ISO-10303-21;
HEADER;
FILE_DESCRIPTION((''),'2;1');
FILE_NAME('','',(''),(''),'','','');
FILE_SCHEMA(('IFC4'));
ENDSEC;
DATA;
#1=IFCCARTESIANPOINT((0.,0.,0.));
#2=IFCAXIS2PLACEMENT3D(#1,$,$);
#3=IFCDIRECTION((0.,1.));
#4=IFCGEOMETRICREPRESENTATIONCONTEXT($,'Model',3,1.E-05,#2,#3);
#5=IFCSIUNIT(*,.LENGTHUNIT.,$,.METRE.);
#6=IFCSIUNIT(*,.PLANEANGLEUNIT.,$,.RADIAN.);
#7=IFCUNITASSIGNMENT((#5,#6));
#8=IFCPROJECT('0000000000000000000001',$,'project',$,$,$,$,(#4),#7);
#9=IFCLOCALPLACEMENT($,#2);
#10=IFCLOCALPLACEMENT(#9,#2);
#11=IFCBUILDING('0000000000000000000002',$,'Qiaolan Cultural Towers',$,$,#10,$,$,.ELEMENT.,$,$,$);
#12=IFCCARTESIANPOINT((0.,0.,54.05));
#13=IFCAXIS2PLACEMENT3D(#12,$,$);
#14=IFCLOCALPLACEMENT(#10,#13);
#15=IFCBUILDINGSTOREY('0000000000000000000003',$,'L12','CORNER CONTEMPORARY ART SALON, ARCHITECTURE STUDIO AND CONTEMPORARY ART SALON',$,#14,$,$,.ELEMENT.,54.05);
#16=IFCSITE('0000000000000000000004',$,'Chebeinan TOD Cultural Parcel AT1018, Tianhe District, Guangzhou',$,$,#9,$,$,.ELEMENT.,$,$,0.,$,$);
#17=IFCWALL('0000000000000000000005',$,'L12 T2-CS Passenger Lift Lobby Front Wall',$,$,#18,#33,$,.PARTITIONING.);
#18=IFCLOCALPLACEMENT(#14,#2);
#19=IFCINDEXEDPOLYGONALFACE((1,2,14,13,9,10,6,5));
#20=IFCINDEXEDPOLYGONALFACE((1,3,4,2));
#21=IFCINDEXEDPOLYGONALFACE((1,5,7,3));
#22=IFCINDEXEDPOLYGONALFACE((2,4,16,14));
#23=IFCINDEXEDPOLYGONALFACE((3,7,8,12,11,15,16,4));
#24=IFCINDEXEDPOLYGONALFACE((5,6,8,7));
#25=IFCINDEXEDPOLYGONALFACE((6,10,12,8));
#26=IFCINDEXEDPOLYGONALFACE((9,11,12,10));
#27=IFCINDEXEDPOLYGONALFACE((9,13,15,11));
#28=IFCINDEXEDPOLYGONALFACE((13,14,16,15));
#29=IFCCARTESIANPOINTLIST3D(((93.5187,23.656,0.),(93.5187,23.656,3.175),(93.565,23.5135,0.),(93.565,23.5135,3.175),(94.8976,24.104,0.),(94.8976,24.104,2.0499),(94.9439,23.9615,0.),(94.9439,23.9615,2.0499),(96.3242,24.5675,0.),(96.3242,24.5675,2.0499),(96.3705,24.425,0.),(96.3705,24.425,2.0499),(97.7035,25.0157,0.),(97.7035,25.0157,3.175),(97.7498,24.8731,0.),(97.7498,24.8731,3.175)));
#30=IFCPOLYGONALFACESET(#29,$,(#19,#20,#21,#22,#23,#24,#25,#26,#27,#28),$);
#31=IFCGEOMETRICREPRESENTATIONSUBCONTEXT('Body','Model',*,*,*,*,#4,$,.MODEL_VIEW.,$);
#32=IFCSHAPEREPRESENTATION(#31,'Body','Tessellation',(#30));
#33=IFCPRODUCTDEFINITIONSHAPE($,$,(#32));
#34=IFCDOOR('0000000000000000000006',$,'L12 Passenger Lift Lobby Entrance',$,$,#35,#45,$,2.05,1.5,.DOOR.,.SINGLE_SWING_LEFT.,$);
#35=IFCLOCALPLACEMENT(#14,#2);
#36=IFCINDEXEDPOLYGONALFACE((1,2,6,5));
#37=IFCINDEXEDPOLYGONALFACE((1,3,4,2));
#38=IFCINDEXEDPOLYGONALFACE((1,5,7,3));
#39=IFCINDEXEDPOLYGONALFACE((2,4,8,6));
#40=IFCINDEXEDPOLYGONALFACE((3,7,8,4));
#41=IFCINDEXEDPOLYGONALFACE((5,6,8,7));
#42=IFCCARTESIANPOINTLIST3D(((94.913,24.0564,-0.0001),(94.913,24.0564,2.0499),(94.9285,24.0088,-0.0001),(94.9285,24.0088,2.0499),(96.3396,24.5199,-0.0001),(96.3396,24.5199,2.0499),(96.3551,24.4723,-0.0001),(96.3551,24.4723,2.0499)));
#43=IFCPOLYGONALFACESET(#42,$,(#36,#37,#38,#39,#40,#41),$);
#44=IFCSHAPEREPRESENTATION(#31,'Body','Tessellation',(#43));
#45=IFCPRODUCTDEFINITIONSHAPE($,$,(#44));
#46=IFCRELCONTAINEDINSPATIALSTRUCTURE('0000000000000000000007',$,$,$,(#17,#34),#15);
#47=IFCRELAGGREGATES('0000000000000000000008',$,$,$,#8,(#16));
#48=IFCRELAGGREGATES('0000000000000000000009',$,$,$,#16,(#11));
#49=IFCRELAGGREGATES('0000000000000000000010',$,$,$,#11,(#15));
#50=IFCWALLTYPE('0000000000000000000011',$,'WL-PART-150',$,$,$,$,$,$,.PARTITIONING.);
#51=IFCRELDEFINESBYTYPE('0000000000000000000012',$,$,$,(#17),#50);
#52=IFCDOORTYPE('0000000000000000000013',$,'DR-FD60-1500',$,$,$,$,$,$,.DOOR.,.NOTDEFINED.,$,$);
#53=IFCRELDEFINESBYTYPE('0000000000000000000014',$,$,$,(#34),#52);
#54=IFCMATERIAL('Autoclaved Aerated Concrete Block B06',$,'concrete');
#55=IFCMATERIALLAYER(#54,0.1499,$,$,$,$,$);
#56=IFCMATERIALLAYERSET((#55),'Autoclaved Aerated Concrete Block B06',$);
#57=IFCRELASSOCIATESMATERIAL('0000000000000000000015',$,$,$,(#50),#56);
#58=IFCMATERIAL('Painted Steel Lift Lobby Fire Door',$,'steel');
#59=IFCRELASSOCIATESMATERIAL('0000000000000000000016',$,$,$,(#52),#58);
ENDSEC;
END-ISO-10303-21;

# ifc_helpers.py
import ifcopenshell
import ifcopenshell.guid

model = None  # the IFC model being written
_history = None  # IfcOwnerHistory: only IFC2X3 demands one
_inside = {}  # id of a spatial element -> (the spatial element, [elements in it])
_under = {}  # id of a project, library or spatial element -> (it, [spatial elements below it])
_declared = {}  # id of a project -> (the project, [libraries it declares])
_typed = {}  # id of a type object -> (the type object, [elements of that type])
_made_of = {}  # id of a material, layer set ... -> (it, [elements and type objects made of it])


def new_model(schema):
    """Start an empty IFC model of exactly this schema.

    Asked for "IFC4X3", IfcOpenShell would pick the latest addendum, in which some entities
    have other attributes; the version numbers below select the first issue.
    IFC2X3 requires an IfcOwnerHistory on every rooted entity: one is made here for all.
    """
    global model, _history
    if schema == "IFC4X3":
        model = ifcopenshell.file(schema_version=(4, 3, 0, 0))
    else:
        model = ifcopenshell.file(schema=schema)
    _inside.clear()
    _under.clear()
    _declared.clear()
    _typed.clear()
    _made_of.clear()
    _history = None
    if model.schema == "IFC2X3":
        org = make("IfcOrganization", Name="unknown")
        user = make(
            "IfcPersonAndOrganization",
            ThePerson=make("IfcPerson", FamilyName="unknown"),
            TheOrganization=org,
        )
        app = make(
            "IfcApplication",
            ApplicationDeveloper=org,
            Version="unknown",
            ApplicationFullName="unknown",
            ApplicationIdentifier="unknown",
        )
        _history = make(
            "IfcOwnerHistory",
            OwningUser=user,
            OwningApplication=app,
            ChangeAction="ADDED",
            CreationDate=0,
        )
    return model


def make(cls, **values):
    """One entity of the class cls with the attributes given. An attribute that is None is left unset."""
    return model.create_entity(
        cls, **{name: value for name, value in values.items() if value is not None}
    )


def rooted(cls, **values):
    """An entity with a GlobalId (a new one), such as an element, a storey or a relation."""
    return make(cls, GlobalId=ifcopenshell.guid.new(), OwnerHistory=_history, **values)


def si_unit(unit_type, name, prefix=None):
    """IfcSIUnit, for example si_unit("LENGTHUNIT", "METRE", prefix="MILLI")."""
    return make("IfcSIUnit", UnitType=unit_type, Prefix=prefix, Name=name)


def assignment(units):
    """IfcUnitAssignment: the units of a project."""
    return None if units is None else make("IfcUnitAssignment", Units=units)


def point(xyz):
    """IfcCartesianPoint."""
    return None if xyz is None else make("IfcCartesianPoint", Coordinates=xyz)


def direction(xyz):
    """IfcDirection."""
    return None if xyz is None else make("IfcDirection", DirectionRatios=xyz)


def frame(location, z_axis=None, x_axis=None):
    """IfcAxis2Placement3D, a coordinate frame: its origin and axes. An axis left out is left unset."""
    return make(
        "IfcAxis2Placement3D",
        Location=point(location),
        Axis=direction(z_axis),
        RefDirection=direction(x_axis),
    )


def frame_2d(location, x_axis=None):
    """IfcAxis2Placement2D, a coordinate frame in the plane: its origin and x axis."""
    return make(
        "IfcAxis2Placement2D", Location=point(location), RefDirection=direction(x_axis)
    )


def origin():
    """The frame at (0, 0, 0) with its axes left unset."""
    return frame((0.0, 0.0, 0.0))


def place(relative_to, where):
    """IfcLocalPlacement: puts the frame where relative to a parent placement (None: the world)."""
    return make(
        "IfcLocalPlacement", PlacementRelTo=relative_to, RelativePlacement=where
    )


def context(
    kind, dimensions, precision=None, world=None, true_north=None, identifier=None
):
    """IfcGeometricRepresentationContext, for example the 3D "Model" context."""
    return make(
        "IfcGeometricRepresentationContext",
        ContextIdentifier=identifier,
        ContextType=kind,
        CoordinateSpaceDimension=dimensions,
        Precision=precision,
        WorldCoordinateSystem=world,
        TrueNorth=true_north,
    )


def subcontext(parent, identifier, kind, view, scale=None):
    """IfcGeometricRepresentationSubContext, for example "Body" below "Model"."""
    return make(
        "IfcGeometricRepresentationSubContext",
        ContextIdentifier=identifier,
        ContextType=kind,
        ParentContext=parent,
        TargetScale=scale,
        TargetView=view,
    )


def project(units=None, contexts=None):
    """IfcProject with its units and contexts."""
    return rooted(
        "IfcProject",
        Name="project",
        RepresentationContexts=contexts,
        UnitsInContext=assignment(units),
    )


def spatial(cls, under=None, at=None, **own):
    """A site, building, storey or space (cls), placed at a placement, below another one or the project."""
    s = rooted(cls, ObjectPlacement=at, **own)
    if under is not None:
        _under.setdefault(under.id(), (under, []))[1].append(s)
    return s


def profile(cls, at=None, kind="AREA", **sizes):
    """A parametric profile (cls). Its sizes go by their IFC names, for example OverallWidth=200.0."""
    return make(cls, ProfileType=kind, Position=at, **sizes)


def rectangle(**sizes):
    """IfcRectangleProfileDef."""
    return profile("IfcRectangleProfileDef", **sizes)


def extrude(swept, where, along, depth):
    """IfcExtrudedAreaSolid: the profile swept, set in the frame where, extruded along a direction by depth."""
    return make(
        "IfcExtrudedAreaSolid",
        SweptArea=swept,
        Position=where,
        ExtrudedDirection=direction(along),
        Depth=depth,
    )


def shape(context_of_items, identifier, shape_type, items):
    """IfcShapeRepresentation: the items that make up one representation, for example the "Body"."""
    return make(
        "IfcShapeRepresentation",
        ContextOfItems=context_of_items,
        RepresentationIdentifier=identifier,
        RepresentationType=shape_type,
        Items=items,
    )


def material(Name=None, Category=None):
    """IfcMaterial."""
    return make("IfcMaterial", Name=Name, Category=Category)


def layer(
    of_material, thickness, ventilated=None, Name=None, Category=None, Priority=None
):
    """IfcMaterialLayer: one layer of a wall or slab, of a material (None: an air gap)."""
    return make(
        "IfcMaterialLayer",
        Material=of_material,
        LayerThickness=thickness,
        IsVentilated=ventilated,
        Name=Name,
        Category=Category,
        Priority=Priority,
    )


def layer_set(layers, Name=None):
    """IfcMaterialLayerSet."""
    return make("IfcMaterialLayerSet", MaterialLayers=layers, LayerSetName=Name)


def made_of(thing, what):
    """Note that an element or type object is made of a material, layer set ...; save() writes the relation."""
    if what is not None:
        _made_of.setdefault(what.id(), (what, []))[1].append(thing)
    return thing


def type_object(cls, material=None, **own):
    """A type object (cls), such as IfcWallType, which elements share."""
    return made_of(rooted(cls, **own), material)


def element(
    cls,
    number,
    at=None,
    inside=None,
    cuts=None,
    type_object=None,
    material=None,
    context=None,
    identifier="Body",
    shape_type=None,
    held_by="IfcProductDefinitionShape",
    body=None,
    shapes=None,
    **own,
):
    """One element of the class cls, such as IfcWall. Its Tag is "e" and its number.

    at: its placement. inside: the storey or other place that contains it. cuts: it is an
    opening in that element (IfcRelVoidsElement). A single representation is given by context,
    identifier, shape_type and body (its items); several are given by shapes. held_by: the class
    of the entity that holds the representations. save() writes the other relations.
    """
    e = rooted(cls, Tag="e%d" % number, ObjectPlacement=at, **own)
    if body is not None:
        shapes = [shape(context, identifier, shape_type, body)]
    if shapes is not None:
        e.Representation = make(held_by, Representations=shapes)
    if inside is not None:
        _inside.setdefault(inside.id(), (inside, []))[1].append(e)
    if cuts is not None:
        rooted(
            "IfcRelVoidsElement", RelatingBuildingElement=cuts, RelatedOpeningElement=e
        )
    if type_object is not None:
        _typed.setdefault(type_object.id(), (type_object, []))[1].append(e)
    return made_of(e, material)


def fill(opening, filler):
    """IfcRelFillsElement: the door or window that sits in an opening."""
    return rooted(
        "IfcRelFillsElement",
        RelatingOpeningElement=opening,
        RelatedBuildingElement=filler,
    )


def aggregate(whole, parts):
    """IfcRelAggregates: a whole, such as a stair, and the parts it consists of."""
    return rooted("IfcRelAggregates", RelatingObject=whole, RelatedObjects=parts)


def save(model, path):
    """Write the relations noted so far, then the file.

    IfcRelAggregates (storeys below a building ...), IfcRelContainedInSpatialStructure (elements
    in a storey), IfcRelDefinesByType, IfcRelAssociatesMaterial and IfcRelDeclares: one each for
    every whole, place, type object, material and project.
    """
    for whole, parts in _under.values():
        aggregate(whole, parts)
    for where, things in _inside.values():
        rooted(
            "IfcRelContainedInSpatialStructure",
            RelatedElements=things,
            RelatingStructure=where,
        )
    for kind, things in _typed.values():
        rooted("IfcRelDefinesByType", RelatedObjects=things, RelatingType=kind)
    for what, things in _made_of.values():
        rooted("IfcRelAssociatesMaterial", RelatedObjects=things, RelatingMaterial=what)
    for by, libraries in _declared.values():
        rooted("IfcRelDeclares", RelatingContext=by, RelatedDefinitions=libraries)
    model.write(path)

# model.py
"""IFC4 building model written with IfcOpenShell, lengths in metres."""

from ifc_helpers import new_model, si_unit, direction, frame, frame_2d, origin, place, context, subcontext, project, spatial, rectangle, extrude, material, layer, layer_set, type_object, element, fill, save


model = new_model("IFC4")

# Units and contexts
model_context = context("Model", 3, precision=1e-05, world=origin(), true_north=direction((0.0, 1.0)))
body_context = subcontext(model_context, "Body", "Model", "MODEL_VIEW")
ifc_project = project(units=[si_unit("LENGTHUNIT", "METRE"), si_unit("PLANEANGLEUNIT", "RADIAN")], contexts=[model_context])

# Site, building, storey
site_placement = place(None, origin())
site = spatial("IfcSite", under=ifc_project, at=site_placement, Name="Chebeinan TOD Cultural Parcel AT1018, Tianhe District, Guangzhou", CompositionType="ELEMENT", RefElevation=0.0)
building_placement = place(site_placement, origin())
building = spatial("IfcBuilding", under=site, at=building_placement, Name="Qiaolan Cultural Towers", CompositionType="ELEMENT")
storey_placement = place(building_placement, frame((0.0, 0.0, 54.05)))
storey = spatial("IfcBuildingStorey", under=building, at=storey_placement, Name="L12", Description="CORNER CONTEMPORARY ART SALON, ARCHITECTURE STUDIO AND CONTEMPORARY ART SALON", CompositionType="ELEMENT", Elevation=54.05)

# Wall, opening, door
ifc_material_1 = material(Name="Autoclaved Aerated Concrete Block B06", Category="concrete")
ifc_layer_1 = layer(ifc_material_1, 0.1499)
ifc_layer_set_1 = layer_set([ifc_layer_1], Name="Autoclaved Aerated Concrete Block B06")
wall_type_1 = type_object("IfcWallType", Name="WL-PART-150", PredefinedType="PARTITIONING", material=ifc_layer_set_1)
wall_1_placement = place(storey_placement, frame((93.5417, 23.5847, 0.0), z_axis=(0.0, 0.0, 1.0), x_axis=(0.951064, 0.308994, 0.0)))
wall_1 = element("IfcWall", 1, at=wall_1_placement, inside=storey, type_object=wall_type_1, Name="L12 T2-CS Passenger Lift Lobby Front Wall", PredefinedType="PARTITIONING", context=body_context, shape_type="SweptSolid", body=[
    extrude(rectangle(XDim=4.4001, YDim=0.1499, at=frame_2d((2.2002, 0.0))), origin(), (0.0, 0.0, 1.0), 3.175),
])
opening_1_placement = place(wall_1_placement, frame((1.45, 0.0, 0.0)))
opening_1 = element("IfcOpeningElement", 2, at=opening_1_placement, cuts=wall_1, PredefinedType="OPENING", context=body_context, shape_type="SweptSolid", body=[
    extrude(rectangle(XDim=1.5, YDim=2.05, at=frame_2d((0.75, 1.0249))), frame((0.0, 0.085, 0.0), z_axis=(0.0, -1.0, 0.0), x_axis=(1.0, 0.0, 0.0)), (0.0, 0.0, 1.0), 0.1699),
])
ifc_material_2 = material(Name="Painted Steel Lift Lobby Fire Door", Category="steel")
door_type_1 = type_object("IfcDoorType", Name="DR-FD60-1500", OperationType="NOTDEFINED", PredefinedType="DOOR", material=ifc_material_2)
door_1_placement = place(opening_1_placement, origin())
door_1 = element("IfcDoor", 3, at=door_1_placement, inside=storey, type_object=door_type_1, Name="L12 Passenger Lift Lobby Entrance", OperationType="SINGLE_SWING_LEFT", OverallHeight=2.05, OverallWidth=1.5, PredefinedType="DOOR", context=body_context, shape_type="SweptSolid", body=[
    extrude(rectangle(XDim=1.5, YDim=2.05, at=frame_2d((0.75, 1.0249))), frame((0.0, 0.0249, 0.0), z_axis=(0.0, -1.0, 0.0), x_axis=(1.0, 0.0, 0.0)), (0.0, 0.0, 1.0), 0.05),
])
fill(opening_1, door_1)

save(model, "model.ifc")
